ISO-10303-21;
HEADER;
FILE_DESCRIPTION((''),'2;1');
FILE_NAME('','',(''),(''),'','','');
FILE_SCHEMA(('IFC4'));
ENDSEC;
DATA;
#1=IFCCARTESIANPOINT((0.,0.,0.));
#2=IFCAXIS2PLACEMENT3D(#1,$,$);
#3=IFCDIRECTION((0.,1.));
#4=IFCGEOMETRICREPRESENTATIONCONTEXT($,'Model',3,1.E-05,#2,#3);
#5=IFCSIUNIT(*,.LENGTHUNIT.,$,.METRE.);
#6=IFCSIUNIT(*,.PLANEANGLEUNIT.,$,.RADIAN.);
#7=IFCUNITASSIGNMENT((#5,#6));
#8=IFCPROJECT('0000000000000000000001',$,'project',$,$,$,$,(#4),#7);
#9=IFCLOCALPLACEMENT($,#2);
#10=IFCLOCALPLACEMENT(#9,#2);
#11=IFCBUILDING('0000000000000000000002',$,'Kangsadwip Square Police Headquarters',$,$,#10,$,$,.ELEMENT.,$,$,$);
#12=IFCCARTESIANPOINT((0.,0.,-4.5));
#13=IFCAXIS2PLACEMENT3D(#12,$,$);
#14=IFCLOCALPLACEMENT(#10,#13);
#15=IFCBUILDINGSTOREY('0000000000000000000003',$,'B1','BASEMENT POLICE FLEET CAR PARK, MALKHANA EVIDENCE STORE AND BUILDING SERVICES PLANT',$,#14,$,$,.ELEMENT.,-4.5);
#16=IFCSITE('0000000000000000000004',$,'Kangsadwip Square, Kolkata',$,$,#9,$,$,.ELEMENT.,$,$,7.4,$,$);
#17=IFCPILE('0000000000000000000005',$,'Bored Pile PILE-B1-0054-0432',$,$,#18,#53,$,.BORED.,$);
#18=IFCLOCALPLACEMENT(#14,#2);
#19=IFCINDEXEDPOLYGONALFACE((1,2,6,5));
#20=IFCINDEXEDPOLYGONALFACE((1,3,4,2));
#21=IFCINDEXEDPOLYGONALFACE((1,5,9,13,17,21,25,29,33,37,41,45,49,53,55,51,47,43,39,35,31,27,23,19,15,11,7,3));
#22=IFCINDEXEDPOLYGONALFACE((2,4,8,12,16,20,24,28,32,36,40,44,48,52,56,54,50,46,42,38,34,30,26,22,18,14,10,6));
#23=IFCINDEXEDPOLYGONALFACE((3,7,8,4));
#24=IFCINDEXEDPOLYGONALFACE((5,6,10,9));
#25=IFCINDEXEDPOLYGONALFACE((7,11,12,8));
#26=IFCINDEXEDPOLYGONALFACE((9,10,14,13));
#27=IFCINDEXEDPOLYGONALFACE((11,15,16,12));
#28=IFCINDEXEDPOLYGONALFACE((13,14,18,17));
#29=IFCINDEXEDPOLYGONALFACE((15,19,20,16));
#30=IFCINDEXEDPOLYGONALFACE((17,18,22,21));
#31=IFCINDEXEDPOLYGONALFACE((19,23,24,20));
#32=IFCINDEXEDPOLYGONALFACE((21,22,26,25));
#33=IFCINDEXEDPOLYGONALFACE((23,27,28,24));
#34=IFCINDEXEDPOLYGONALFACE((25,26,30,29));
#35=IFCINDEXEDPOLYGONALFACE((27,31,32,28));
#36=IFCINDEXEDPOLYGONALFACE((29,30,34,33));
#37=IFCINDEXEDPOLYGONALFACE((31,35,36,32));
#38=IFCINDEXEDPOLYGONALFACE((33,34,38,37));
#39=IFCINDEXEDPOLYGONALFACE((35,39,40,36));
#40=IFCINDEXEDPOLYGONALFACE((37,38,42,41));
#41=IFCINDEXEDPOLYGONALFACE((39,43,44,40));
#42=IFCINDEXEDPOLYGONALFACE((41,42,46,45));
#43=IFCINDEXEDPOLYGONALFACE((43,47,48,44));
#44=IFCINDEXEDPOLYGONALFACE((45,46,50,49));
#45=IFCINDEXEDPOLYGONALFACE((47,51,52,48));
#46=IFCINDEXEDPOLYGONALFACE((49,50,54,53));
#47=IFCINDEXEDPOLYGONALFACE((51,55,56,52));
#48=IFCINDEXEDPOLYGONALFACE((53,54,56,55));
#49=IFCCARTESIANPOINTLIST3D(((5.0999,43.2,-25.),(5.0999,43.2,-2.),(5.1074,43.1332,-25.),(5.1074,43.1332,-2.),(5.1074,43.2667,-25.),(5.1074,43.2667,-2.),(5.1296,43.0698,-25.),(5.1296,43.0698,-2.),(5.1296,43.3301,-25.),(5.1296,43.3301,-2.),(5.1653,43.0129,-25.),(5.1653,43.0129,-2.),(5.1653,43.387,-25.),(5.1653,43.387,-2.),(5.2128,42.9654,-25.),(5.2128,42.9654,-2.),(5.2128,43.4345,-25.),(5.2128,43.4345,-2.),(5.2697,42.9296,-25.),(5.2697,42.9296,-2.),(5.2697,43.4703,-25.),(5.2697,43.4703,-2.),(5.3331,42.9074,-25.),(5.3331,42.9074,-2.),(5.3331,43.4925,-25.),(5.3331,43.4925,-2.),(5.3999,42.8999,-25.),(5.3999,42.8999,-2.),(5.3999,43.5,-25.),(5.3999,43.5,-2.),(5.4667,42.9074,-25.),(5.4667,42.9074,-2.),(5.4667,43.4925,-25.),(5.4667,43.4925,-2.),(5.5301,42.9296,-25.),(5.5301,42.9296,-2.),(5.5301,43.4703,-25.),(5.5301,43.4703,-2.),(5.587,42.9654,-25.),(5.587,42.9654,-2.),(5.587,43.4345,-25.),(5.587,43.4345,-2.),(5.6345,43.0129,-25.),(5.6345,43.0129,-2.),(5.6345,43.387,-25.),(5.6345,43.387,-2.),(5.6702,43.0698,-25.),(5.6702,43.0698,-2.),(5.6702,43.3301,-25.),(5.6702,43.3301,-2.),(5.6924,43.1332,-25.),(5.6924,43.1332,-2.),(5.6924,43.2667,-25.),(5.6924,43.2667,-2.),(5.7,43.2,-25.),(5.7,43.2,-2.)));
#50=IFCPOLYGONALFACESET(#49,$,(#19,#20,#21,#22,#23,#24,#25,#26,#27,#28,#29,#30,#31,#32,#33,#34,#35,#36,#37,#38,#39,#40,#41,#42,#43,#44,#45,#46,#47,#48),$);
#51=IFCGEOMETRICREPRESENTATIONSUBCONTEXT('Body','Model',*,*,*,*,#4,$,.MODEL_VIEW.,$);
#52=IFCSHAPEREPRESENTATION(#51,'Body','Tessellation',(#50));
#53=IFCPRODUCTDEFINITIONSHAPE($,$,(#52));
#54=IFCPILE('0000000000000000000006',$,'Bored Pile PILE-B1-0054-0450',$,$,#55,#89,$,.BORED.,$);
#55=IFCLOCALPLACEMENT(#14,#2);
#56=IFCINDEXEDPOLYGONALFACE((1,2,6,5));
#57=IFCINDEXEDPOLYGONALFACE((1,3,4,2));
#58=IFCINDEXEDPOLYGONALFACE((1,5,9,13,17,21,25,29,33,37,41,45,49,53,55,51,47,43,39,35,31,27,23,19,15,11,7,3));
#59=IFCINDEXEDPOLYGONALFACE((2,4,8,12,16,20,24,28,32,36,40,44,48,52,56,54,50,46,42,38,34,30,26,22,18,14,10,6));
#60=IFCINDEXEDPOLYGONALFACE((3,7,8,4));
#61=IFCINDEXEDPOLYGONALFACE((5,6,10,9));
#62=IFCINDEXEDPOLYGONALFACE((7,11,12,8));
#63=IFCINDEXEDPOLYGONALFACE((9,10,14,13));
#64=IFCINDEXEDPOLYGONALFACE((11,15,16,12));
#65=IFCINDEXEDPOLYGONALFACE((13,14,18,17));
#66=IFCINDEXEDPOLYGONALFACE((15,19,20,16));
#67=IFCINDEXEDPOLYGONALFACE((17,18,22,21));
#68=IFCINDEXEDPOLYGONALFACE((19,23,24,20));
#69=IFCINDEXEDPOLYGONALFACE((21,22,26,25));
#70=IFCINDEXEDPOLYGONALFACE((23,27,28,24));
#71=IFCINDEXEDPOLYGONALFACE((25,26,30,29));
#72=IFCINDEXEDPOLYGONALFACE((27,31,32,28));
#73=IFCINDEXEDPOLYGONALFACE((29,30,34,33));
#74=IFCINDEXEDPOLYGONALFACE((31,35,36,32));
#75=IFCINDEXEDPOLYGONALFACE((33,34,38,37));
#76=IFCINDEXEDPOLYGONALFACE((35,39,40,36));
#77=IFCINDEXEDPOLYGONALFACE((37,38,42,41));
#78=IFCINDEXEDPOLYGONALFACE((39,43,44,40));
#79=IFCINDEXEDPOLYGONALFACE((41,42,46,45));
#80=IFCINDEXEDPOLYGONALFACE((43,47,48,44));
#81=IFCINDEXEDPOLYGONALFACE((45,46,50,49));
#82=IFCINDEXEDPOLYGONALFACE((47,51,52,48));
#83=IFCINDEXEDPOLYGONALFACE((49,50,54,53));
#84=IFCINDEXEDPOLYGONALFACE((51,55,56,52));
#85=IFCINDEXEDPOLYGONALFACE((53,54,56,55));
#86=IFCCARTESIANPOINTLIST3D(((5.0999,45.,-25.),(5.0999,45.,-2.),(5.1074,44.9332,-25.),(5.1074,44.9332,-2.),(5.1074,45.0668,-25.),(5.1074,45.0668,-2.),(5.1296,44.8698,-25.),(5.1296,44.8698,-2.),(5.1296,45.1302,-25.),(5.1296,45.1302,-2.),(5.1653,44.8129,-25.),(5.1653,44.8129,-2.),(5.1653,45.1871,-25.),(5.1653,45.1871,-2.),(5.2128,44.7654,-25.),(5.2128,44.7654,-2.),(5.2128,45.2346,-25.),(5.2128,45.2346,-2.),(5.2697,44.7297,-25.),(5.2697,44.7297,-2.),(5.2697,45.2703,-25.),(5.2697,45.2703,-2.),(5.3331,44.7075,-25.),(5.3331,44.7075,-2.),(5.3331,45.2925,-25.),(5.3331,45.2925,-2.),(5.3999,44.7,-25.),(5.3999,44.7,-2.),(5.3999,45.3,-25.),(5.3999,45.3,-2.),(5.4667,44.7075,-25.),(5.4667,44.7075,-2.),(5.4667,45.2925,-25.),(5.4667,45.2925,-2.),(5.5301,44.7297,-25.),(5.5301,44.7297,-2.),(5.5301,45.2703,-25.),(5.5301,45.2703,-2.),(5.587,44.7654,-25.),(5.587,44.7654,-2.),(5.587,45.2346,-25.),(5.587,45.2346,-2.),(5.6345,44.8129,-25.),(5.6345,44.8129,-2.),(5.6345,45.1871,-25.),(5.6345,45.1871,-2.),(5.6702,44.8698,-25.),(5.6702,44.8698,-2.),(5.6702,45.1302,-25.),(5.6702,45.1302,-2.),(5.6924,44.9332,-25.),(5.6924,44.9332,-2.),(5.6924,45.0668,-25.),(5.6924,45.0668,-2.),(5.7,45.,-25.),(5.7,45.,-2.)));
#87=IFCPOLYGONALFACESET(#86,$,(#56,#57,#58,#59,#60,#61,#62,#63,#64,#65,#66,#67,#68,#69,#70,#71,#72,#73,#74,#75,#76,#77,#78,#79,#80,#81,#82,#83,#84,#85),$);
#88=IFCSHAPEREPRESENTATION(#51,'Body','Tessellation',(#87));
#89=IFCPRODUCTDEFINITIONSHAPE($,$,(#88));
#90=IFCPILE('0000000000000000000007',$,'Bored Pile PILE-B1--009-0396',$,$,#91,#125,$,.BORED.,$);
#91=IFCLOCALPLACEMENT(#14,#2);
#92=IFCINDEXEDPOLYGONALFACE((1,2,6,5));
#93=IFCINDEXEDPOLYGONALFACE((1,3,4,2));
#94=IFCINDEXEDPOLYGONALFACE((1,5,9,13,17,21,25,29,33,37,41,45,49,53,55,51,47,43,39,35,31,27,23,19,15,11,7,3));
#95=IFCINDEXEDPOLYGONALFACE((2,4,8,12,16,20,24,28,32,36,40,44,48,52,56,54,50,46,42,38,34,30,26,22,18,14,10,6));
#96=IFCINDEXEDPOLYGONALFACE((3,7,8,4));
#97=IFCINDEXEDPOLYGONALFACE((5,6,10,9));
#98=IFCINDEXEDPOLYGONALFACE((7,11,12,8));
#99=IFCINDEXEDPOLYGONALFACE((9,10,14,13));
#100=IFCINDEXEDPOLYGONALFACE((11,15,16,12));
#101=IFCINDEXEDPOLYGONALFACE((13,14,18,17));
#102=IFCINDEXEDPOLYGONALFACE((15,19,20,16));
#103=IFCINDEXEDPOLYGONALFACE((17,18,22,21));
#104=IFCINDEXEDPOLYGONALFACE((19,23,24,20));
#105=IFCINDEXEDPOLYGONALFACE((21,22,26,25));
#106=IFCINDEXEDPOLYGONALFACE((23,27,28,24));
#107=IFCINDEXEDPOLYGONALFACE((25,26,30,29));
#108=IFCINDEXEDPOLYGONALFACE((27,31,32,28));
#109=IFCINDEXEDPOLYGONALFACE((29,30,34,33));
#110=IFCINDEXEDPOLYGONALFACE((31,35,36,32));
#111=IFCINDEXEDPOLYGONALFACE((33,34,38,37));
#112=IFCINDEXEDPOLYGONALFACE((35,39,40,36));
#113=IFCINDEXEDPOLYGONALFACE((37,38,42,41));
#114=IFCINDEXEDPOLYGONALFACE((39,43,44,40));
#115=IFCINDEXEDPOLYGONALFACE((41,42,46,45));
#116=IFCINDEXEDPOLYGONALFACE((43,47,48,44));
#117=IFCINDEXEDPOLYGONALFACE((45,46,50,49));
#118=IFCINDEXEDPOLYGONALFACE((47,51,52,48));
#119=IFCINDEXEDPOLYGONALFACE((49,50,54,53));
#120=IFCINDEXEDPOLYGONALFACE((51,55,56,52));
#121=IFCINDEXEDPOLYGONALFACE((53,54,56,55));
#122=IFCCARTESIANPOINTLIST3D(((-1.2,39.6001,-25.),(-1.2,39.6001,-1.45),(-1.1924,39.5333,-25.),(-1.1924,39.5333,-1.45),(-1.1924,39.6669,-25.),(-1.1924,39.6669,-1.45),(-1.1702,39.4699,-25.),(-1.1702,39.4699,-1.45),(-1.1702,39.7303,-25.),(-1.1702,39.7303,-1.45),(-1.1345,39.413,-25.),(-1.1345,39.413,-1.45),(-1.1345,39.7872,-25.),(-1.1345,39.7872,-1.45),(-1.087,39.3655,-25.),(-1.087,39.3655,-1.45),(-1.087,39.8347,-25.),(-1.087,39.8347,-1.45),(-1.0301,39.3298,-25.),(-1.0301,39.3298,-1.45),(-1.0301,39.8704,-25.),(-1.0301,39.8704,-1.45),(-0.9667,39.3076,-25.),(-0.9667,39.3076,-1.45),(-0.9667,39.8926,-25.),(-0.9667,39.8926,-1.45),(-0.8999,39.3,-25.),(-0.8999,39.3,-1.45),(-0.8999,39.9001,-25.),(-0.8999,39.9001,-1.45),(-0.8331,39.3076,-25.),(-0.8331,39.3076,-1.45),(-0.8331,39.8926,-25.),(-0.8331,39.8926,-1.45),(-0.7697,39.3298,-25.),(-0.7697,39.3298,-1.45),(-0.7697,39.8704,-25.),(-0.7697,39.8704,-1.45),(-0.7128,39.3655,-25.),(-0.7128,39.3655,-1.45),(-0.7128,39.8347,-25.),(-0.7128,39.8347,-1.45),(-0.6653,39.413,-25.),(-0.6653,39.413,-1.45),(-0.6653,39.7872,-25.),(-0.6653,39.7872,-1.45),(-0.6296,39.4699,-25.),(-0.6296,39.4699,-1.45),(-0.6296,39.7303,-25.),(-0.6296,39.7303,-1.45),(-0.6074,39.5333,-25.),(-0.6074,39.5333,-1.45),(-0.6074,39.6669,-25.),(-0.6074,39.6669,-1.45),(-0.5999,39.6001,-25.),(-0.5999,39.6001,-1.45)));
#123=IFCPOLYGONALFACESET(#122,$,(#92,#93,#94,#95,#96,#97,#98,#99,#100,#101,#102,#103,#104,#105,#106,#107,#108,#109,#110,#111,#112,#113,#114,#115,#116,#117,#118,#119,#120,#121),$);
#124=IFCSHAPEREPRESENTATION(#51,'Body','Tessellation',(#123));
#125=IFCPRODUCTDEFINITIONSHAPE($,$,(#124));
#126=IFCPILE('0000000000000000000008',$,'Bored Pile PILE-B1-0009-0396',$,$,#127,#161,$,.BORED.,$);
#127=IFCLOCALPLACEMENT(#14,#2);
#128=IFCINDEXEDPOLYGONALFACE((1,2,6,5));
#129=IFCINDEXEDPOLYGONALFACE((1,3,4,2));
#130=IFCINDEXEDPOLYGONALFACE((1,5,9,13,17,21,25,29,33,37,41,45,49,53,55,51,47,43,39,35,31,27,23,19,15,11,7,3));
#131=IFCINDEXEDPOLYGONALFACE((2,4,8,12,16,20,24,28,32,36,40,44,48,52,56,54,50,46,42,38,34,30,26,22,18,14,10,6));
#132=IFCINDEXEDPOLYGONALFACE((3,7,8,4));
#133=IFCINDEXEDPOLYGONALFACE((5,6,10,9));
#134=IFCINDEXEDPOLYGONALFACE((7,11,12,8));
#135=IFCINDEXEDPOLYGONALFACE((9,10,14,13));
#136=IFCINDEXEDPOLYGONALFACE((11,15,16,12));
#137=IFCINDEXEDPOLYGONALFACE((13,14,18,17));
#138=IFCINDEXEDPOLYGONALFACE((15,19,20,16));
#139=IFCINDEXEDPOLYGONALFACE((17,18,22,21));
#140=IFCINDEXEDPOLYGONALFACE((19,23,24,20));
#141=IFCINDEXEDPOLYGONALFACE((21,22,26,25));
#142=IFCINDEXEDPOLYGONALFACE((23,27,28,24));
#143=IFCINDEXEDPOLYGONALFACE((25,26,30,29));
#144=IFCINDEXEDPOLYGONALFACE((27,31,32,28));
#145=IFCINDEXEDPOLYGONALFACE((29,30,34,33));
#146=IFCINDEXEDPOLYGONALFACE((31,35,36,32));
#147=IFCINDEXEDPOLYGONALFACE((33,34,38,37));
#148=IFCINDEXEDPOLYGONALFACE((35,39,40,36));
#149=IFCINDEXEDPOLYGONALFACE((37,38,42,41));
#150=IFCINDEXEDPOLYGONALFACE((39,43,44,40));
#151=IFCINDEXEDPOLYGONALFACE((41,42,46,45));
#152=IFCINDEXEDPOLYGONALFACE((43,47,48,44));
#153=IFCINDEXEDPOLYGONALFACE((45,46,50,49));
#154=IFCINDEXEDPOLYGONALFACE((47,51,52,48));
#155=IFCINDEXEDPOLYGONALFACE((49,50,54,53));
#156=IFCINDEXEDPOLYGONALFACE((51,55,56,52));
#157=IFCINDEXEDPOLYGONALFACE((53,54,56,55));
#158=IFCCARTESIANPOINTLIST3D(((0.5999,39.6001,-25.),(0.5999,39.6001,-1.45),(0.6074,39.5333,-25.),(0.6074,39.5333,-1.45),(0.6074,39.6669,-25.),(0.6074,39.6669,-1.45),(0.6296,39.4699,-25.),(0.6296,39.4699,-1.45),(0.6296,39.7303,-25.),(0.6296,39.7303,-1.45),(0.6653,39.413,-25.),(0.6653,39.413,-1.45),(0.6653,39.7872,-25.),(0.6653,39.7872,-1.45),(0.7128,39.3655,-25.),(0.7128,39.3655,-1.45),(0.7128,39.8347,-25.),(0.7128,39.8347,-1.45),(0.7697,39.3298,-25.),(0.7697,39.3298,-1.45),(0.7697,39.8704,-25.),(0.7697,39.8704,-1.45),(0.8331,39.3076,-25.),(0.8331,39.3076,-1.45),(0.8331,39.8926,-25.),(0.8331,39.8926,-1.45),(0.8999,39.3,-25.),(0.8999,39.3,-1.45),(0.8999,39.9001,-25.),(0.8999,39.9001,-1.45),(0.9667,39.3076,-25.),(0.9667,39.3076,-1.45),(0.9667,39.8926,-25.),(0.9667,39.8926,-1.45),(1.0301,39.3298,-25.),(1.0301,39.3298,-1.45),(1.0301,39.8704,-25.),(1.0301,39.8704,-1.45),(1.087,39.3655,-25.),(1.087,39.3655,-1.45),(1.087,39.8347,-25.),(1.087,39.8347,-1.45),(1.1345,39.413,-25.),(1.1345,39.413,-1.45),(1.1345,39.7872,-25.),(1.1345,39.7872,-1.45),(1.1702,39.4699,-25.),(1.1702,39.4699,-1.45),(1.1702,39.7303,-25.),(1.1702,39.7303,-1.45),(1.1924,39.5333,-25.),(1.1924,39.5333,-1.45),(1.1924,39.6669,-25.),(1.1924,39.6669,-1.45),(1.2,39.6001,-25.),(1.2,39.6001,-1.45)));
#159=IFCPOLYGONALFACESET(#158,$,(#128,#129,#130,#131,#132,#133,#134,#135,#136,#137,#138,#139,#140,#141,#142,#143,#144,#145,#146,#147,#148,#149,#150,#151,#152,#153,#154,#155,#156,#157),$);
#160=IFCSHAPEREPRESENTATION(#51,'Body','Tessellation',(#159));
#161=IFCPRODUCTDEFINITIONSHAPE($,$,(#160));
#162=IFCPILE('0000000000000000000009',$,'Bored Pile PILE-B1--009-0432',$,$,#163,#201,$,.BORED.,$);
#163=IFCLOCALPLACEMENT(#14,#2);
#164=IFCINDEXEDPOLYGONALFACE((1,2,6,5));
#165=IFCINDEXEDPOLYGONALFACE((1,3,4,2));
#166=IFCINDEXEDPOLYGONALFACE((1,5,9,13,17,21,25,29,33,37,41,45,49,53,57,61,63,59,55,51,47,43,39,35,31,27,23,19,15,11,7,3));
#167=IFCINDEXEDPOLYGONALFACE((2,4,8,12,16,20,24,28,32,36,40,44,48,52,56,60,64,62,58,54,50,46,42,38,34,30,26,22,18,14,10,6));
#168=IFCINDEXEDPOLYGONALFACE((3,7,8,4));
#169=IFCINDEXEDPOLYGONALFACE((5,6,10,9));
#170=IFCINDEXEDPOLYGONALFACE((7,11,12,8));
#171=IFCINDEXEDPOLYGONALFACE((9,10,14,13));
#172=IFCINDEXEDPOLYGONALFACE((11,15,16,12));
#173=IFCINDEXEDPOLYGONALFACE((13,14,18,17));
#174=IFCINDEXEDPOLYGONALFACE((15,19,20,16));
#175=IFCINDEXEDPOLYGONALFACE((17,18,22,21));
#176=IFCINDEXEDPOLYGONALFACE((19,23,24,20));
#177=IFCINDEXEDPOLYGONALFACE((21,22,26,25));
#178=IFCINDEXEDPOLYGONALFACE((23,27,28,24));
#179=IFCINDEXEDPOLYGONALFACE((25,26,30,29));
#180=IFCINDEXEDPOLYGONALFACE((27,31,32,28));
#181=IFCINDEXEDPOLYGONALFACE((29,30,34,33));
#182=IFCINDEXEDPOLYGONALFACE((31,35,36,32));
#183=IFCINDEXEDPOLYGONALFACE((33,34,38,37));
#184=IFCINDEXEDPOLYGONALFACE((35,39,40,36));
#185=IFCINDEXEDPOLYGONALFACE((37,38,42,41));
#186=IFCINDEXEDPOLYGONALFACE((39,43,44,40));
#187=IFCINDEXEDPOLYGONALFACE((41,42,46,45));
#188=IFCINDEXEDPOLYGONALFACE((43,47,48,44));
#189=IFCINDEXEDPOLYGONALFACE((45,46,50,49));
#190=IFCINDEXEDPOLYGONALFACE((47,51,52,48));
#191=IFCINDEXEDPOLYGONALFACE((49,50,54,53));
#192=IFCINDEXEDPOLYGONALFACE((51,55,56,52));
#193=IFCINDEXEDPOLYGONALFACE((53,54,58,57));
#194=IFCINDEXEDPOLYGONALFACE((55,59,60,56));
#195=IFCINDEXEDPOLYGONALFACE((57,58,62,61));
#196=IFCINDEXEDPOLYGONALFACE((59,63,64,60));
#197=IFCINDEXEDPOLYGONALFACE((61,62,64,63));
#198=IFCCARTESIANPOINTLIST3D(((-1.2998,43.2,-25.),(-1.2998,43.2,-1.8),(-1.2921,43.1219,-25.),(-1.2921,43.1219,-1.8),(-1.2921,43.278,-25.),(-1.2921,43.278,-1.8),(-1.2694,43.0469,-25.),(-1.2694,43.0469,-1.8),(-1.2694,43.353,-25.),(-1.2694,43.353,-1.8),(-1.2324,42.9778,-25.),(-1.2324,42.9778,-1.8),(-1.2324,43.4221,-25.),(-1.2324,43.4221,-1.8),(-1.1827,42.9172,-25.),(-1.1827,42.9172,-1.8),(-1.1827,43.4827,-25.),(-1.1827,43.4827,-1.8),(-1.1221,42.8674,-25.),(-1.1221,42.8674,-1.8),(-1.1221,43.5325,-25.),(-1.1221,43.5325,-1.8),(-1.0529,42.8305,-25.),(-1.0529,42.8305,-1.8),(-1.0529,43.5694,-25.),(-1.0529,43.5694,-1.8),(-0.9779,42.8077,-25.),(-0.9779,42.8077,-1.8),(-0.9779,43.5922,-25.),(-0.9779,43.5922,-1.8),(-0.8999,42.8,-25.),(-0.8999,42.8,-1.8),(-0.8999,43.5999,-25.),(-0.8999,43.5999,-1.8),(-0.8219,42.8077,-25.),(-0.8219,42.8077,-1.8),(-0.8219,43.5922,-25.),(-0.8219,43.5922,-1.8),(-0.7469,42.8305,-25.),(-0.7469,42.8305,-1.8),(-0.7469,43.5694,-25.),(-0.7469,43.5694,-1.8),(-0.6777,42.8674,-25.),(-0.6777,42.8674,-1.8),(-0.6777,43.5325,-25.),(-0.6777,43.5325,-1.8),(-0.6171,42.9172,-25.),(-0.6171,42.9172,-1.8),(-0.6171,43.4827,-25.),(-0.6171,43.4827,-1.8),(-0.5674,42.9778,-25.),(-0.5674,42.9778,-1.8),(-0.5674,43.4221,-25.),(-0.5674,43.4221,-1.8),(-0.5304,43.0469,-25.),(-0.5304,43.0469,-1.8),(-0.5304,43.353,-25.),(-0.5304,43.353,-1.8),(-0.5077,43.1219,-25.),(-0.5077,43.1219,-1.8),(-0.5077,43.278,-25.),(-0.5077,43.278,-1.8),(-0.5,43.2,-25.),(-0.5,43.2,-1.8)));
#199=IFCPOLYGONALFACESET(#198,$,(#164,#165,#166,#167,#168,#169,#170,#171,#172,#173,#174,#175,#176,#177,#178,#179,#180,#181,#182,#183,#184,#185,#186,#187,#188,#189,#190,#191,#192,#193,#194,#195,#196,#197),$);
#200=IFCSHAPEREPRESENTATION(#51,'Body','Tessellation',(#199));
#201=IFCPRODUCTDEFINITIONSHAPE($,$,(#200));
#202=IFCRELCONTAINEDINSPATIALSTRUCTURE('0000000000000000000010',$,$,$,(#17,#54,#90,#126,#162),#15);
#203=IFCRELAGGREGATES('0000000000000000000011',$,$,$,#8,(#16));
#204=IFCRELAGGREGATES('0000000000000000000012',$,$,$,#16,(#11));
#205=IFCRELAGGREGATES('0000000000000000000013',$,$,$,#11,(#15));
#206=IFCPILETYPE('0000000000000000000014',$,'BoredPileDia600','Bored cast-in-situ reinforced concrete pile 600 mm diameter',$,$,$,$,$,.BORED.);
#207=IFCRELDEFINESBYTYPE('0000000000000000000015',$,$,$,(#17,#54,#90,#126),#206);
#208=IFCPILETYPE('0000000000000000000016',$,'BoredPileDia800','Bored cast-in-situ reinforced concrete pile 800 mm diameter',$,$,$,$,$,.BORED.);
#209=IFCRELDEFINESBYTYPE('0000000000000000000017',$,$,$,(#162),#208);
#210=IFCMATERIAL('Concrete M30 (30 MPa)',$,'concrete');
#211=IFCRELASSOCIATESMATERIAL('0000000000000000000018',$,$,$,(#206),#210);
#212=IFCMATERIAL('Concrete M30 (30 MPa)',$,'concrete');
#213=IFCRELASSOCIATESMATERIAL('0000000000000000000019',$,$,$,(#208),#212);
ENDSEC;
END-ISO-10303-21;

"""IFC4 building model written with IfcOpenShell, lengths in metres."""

from ifc_helpers import new_model, si_unit, direction, frame, origin, origin_2d, place, context, subcontext, project, spatial, circle, extrude, material, material_profile, profile_set, type_object, element, save


model = new_model("IFC4")

# Units and contexts
model_context = context("Model", 3, precision=1e-05, world=origin(), true_north=direction((0.0, 1.0)))
body_context = subcontext(model_context, "Body", "Model", "MODEL_VIEW")
ifc_project = project(units=[si_unit("LENGTHUNIT", "METRE"), si_unit("PLANEANGLEUNIT", "RADIAN")], contexts=[model_context])

# Site, building, storey
site_placement = place(None, origin())
site = spatial("IfcSite", under=ifc_project, at=site_placement, Name="Kangsadwip Square, Kolkata", CompositionType="ELEMENT", RefElevation=7.4)
building_placement = place(site_placement, origin())
building = spatial("IfcBuilding", under=site, at=building_placement, Name="Kangsadwip Square Police Headquarters", CompositionType="ELEMENT")
storey_placement = place(building_placement, frame((0.0, 0.0, -4.5)))
storey = spatial("IfcBuildingStorey", under=building, at=storey_placement, Name="B1", Description="BASEMENT POLICE FLEET CAR PARK, MALKHANA EVIDENCE STORE AND BUILDING SERVICES PLANT", CompositionType="ELEMENT", Elevation=-4.5)

# Piles
ifc_material_1 = material(Name="Concrete M30 (30 MPa)", Category="concrete")
ifc_material_profile_1 = material_profile(ifc_material_1, circle(Radius=0.3, at=origin_2d()), Name="PILE DIA 600")
ifc_profile_set_1 = profile_set([ifc_material_profile_1], Name="Concrete M30 (30 MPa)")
pile_type_1 = type_object("IfcPileType", Name="BoredPileDia600", Description="Bored cast-in-situ reinforced concrete pile 600 mm diameter", PredefinedType="BORED", material=ifc_profile_set_1)
for number, where, z_axis, x_axis, name in (
    (1, (5.3999, 43.2, -2.0), (0.0, 0.0, -1.0), (1.0, 0.0, 0.0), "Bored Pile PILE-B1-0054-0432"),
    (2, (5.3999, 45.0, -2.0), (0.0, 0.0, -1.0), (1.0, 0.0, 0.0), "Bored Pile PILE-B1-0054-0450"),
):
    element("IfcPile", number, at=place(storey_placement, frame(where, z_axis=z_axis, x_axis=x_axis)), inside=storey, type_object=pile_type_1, Name=name, PredefinedType="BORED", context=body_context, shape_type="SweptSolid", body=[
        extrude(circle(Radius=0.3, at=origin_2d()), origin(), (0.0, 0.0, 1.0), 23.0),
    ])
for number, where, z_axis, x_axis, name in (
    (3, (-0.8999, 39.6001, -1.45), (0.0, 0.0, -1.0), (1.0, 0.0, 0.0), "Bored Pile PILE-B1--009-0396"),
    (4, (0.8999, 39.6001, -1.45), (0.0, 0.0, -1.0), (1.0, 0.0, 0.0), "Bored Pile PILE-B1-0009-0396"),
):
    element("IfcPile", number, at=place(storey_placement, frame(where, z_axis=z_axis, x_axis=x_axis)), inside=storey, type_object=pile_type_1, Name=name, PredefinedType="BORED", context=body_context, shape_type="SweptSolid", body=[
        extrude(circle(Radius=0.3, at=origin_2d()), origin(), (0.0, 0.0, 1.0), 23.55),
    ])
ifc_material_2 = material(Name="Concrete M30 (30 MPa)", Category="concrete")
ifc_material_profile_2 = material_profile(ifc_material_2, circle(Radius=0.3999, at=origin_2d()), Name="PILE DIA 800")
ifc_profile_set_2 = profile_set([ifc_material_profile_2], Name="Concrete M30 (30 MPa)")
pile_type_2 = type_object("IfcPileType", Name="BoredPileDia800", Description="Bored cast-in-situ reinforced concrete pile 800 mm diameter", PredefinedType="BORED", material=ifc_profile_set_2)
for number, where, z_axis, x_axis, name in (
    (5, (-0.8999, 43.2, -1.8), (0.0, 0.0, -1.0), (1.0, 0.0, 0.0), "Bored Pile PILE-B1--009-0432"),
):
    element("IfcPile", number, at=place(storey_placement, frame(where, z_axis=z_axis, x_axis=x_axis)), inside=storey, type_object=pile_type_2, Name=name, PredefinedType="BORED", context=body_context, shape_type="SweptSolid", body=[
        extrude(circle(Radius=0.3999, at=origin_2d()), origin(), (0.0, 0.0, 1.0), 23.2),
    ])

save(model, "model.ifc")
